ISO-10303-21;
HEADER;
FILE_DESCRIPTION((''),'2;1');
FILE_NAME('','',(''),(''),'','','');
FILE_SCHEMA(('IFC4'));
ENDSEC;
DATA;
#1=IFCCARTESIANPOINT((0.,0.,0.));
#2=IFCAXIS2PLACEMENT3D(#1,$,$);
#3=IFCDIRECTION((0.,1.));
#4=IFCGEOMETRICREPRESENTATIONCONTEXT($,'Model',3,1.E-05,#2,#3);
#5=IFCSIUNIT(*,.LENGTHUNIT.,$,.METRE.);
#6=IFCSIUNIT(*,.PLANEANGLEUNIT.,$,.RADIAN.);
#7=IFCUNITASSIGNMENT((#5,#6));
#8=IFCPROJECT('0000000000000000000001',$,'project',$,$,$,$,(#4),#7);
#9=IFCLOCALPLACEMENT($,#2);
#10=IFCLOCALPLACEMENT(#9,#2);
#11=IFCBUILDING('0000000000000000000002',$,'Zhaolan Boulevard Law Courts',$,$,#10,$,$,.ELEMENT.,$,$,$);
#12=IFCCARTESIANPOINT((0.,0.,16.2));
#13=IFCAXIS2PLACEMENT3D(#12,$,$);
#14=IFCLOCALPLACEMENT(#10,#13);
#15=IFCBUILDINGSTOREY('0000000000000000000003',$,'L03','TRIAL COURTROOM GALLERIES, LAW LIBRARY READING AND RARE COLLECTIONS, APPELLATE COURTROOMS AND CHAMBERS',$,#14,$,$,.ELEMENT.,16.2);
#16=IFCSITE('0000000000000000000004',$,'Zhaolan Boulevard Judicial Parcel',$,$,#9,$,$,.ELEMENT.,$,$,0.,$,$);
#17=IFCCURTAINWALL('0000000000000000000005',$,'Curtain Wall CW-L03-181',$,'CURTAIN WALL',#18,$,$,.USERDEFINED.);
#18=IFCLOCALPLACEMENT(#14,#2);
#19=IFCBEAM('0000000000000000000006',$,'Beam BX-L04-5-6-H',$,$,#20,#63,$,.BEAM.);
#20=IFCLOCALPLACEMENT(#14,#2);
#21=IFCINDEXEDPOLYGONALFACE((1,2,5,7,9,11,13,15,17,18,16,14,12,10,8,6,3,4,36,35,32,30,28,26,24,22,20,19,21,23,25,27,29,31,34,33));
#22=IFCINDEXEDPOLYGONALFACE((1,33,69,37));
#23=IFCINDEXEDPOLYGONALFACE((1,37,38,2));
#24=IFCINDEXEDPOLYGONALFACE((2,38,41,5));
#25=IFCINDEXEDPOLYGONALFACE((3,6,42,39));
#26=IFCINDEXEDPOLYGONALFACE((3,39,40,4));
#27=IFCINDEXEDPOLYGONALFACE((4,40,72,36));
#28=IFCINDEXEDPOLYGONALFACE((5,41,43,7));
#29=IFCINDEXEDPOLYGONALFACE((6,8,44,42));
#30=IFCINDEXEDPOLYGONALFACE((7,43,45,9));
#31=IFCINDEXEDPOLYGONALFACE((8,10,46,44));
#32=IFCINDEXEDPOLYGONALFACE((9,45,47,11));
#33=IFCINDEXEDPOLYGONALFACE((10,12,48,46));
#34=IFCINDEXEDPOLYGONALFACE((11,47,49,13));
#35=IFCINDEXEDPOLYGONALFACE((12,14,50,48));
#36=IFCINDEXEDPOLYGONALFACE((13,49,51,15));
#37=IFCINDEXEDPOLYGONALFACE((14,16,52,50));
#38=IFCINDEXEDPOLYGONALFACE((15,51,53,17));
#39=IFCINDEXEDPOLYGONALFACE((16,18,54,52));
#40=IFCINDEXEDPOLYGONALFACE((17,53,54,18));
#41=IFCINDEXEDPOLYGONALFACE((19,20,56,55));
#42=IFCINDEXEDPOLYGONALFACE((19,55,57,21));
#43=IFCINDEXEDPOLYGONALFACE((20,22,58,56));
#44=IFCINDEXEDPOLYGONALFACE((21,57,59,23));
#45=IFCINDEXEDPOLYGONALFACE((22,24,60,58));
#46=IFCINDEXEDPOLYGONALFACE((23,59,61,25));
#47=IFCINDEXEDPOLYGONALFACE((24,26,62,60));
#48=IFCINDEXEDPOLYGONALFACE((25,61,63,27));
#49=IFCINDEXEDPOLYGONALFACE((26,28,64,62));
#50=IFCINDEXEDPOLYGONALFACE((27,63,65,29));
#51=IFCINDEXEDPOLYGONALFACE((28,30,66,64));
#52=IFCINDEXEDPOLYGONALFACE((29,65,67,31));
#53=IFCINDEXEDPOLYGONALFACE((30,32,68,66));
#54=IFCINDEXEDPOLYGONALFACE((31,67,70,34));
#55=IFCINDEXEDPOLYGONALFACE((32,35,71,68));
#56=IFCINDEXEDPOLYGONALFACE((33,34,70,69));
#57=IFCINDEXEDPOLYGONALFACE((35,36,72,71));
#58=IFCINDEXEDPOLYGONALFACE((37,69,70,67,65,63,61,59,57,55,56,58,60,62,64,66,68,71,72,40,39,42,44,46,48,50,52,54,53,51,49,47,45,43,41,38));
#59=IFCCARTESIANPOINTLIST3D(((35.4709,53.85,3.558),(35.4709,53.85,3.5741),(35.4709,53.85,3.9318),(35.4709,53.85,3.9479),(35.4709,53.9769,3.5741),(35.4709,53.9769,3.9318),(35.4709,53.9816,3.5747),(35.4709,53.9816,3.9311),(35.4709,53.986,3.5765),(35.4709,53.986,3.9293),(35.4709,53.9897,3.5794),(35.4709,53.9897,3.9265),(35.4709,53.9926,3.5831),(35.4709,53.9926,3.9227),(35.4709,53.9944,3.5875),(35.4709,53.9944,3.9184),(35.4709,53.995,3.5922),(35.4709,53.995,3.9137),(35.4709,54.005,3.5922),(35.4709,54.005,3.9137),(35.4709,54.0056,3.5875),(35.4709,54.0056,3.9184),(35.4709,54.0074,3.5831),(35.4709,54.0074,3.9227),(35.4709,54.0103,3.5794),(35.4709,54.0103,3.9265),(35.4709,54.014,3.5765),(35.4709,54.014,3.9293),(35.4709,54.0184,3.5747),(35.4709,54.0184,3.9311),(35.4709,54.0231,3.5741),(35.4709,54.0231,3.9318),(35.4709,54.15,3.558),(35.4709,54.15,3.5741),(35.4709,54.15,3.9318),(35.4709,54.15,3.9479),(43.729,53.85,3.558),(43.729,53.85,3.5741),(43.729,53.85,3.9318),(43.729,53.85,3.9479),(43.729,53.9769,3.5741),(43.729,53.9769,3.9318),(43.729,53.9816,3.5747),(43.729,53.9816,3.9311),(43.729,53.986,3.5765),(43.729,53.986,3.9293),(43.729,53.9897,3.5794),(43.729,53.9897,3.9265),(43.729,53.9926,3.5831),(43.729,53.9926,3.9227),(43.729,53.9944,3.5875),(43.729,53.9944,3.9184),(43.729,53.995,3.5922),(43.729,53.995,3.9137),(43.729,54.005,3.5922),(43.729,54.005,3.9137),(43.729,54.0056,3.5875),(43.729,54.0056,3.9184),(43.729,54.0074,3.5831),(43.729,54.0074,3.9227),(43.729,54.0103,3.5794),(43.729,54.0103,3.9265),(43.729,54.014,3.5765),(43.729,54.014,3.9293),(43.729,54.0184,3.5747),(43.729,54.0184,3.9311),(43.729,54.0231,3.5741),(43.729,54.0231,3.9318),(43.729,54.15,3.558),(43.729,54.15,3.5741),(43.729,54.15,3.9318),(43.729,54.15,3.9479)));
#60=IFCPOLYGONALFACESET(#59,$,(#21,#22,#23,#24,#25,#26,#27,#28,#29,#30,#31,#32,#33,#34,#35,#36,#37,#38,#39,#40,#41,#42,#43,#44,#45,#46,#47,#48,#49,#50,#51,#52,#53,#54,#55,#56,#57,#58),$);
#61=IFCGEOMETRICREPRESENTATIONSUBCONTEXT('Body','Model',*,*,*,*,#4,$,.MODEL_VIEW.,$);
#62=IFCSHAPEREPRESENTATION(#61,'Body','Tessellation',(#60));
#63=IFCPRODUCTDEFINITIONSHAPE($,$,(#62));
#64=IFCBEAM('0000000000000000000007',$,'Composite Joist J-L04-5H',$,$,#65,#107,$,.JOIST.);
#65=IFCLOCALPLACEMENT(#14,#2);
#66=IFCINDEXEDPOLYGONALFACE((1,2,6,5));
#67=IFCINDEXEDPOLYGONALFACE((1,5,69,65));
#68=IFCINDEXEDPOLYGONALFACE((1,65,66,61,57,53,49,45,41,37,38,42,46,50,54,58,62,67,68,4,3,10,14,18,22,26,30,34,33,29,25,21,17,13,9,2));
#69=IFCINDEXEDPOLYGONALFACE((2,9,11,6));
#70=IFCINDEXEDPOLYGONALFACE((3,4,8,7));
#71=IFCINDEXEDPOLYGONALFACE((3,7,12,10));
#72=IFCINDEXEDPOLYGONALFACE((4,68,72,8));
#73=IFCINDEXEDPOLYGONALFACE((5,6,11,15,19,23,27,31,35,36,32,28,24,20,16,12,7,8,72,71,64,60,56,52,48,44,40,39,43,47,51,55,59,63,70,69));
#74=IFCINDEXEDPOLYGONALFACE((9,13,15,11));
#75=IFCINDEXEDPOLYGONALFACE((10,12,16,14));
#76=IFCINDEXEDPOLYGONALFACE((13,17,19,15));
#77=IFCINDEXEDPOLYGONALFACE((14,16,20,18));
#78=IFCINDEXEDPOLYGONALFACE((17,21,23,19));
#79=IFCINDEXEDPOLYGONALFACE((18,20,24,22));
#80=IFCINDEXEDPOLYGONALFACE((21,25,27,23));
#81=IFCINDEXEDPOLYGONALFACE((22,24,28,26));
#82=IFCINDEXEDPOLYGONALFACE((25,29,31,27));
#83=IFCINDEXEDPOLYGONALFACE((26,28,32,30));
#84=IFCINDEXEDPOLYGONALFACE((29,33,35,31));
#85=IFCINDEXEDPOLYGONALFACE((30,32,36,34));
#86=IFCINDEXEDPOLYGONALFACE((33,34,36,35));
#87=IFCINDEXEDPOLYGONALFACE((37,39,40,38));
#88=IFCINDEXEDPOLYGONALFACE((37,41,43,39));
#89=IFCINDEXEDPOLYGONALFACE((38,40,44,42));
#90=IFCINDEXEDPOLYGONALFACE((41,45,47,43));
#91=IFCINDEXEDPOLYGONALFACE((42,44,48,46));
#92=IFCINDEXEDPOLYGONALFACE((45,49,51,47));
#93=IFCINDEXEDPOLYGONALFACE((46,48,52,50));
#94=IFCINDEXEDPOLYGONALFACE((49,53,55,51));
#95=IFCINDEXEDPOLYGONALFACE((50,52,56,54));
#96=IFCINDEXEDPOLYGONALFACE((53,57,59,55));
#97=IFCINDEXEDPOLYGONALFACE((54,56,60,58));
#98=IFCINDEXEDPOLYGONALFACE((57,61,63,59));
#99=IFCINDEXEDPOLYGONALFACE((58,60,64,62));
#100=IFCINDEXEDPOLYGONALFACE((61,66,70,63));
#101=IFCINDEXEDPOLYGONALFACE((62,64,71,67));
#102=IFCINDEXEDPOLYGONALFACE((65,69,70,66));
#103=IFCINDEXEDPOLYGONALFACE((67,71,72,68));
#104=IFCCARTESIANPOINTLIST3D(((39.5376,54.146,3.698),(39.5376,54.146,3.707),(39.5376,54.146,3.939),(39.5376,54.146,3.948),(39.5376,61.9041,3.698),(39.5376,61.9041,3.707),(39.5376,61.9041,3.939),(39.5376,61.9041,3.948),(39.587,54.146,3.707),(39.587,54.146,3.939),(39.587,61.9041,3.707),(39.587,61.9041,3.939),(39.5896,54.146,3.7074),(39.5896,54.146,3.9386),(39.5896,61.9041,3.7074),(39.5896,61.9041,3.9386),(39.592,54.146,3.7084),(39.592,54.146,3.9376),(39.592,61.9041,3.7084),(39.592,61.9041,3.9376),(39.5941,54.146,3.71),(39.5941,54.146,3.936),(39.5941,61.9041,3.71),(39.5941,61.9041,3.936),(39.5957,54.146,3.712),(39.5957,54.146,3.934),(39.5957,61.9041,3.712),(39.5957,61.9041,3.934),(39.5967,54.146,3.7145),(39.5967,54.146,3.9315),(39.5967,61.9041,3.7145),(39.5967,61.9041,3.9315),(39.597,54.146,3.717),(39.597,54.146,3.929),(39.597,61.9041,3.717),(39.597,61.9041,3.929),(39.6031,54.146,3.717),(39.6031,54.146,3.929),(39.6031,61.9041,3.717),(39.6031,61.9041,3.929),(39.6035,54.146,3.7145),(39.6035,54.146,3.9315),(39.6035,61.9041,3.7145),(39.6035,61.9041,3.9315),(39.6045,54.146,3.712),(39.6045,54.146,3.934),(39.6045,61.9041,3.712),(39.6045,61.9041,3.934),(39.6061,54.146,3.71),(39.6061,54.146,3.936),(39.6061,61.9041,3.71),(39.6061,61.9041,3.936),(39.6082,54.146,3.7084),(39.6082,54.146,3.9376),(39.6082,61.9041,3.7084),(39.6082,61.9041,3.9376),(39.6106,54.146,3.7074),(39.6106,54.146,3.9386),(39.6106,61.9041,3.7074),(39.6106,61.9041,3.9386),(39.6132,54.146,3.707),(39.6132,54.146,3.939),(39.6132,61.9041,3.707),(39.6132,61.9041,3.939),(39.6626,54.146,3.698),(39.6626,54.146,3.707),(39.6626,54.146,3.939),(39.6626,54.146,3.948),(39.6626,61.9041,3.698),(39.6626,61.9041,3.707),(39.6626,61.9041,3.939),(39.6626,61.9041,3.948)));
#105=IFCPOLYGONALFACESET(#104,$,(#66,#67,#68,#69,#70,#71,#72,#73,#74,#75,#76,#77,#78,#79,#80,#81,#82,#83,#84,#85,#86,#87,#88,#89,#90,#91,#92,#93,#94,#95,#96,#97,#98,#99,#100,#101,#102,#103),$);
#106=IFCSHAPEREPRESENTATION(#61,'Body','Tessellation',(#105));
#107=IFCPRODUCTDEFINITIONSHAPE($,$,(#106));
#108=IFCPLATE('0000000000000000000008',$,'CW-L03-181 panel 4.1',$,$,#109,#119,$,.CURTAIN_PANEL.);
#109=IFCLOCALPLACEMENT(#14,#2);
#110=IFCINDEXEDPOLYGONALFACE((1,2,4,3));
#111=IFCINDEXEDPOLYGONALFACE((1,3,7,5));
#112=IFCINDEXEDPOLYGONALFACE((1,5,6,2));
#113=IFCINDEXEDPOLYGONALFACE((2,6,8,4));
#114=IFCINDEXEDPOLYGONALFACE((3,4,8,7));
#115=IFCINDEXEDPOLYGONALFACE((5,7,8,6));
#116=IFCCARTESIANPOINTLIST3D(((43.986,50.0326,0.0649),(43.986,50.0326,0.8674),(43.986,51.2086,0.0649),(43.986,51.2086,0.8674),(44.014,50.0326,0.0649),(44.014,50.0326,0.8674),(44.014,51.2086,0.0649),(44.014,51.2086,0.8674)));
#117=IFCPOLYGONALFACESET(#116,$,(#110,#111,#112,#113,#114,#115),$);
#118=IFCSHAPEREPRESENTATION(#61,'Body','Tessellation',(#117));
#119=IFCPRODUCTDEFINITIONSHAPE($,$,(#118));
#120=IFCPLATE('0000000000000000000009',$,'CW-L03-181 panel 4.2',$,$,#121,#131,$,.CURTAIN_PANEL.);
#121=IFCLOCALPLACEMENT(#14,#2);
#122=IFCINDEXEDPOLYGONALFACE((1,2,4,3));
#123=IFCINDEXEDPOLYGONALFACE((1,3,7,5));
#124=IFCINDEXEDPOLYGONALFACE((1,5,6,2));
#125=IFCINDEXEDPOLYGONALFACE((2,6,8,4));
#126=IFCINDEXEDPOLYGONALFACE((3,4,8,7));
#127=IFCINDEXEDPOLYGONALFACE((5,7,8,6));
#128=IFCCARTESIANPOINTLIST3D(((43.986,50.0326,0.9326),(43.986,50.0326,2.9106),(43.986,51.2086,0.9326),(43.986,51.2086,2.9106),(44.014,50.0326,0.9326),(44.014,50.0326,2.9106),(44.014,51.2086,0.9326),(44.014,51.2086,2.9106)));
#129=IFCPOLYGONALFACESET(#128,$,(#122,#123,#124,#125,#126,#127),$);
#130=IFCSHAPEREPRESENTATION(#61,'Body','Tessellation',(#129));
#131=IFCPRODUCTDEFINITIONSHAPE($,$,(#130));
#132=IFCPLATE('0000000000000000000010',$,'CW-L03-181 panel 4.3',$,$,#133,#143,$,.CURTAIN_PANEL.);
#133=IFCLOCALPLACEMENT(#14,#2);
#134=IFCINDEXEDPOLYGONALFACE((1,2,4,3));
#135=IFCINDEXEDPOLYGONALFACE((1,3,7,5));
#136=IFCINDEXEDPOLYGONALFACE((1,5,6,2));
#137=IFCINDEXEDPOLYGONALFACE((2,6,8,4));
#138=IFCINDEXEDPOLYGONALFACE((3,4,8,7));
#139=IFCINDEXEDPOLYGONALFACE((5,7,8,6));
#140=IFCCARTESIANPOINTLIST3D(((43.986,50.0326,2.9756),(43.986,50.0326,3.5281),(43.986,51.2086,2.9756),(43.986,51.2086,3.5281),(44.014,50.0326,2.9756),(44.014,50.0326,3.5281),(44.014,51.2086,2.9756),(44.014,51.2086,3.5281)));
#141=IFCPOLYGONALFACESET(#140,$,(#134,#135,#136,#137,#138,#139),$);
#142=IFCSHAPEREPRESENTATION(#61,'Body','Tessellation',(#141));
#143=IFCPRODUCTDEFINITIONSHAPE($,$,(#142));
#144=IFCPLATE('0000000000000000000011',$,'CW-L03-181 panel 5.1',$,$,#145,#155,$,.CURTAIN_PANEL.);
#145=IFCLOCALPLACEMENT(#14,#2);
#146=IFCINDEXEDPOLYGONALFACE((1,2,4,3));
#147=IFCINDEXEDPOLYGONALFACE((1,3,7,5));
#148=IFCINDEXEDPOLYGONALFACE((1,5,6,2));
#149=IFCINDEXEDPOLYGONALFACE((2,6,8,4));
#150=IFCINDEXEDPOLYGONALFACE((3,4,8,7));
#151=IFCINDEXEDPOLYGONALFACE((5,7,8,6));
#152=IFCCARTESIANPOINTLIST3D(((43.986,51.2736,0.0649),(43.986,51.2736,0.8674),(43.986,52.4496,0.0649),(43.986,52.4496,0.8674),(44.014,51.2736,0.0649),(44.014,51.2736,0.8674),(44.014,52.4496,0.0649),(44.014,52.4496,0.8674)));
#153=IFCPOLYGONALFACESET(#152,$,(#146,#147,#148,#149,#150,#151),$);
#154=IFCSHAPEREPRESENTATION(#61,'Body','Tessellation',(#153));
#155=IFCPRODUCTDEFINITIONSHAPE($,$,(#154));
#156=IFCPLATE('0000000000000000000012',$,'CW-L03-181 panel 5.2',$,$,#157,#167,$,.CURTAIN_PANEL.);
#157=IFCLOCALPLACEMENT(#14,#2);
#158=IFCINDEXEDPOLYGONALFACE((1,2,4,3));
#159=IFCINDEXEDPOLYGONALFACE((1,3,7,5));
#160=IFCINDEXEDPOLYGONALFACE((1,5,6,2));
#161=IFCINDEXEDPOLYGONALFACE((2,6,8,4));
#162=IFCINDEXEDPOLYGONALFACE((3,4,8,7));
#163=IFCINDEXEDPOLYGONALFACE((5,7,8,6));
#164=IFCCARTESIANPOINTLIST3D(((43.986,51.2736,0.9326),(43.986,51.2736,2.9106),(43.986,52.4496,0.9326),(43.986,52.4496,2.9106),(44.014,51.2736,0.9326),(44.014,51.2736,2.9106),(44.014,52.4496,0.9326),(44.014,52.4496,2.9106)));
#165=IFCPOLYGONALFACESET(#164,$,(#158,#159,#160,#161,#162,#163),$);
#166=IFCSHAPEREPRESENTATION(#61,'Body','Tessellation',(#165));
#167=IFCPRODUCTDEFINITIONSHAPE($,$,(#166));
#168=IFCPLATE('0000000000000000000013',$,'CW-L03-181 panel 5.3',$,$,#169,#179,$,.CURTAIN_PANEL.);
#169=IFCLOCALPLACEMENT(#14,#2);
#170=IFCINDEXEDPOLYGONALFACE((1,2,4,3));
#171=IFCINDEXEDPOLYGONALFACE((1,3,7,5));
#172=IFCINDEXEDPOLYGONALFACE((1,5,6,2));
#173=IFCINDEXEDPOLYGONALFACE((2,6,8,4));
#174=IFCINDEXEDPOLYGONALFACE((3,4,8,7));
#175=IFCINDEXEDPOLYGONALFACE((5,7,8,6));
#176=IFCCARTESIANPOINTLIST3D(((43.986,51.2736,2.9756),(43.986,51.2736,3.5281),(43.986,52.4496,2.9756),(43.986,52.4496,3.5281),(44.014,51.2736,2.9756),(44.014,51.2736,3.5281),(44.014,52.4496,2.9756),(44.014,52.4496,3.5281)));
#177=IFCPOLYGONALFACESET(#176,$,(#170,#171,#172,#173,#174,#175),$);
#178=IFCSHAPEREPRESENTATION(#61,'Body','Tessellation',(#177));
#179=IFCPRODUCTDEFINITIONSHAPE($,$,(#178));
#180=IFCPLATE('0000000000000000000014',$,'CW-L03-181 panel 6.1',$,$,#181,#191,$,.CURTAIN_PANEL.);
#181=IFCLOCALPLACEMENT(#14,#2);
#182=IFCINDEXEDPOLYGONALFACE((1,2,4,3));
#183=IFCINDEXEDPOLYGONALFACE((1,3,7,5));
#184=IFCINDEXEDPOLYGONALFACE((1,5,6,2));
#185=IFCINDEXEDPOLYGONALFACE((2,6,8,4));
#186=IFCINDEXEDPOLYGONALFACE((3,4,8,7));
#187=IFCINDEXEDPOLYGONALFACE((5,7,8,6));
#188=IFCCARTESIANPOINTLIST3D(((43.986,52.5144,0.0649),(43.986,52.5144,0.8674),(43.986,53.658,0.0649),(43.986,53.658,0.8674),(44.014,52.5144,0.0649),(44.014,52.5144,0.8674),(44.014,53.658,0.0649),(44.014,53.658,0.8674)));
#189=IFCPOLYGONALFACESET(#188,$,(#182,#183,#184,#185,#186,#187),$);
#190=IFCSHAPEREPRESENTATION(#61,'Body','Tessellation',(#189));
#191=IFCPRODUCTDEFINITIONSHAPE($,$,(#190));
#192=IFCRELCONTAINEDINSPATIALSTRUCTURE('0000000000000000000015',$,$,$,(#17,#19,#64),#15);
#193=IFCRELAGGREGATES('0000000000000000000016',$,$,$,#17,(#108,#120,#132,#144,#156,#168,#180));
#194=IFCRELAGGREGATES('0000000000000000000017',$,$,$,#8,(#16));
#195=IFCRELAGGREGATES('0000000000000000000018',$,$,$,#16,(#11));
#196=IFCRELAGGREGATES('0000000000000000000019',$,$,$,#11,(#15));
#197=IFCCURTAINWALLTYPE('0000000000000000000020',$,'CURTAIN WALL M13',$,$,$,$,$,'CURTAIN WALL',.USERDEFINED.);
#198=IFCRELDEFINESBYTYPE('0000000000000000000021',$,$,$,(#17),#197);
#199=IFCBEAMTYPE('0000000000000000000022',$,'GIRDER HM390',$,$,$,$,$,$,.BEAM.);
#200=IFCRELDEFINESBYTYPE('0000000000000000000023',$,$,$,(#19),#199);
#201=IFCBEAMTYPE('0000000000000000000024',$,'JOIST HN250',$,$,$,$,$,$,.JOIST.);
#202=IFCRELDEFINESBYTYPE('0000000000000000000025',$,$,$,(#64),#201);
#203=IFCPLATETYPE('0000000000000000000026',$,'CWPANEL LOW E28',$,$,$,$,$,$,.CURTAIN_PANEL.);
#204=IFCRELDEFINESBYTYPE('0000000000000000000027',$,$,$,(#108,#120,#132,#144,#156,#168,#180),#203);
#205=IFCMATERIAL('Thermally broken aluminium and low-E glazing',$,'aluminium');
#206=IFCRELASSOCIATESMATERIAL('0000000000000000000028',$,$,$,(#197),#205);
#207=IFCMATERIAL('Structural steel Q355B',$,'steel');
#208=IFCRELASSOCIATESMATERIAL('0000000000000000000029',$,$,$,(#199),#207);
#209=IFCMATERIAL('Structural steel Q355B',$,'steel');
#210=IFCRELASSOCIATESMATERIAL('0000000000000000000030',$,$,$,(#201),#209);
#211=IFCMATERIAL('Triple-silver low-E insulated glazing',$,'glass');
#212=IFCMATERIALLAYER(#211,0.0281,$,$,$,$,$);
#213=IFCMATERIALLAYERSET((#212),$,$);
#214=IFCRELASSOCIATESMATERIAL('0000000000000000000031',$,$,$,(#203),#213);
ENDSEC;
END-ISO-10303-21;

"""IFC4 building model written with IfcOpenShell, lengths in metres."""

from ifc_helpers import new_model, si_unit, direction, frame, origin, origin_2d, place, context, subcontext, project, spatial, rectangle, i_section, extrude, material, layer, layer_set, material_profile, profile_set, type_object, element, aggregate, save


model = new_model("IFC4")

# Units and contexts
model_context = context("Model", 3, precision=1e-05, world=origin(), true_north=direction((0.0, 1.0)))
body_context = subcontext(model_context, "Body", "Model", "MODEL_VIEW")
ifc_project = project(units=[si_unit("LENGTHUNIT", "METRE"), si_unit("PLANEANGLEUNIT", "RADIAN")], contexts=[model_context])

# Site, building, storey
site_placement = place(None, origin())
site = spatial("IfcSite", under=ifc_project, at=site_placement, Name="Zhaolan Boulevard Judicial Parcel", CompositionType="ELEMENT", RefElevation=0.0)
building_placement = place(site_placement, origin())
building = spatial("IfcBuilding", under=site, at=building_placement, Name="Zhaolan Boulevard Law Courts", CompositionType="ELEMENT")
storey_placement = place(building_placement, frame((0.0, 0.0, 16.2)))
storey = spatial("IfcBuildingStorey", under=building, at=storey_placement, Name="L03", Description="TRIAL COURTROOM GALLERIES, LAW LIBRARY READING AND RARE COLLECTIONS, APPELLATE COURTROOMS AND CHAMBERS", CompositionType="ELEMENT", Elevation=16.2)

# Curtain wall
ifc_material_1 = material(Name="Thermally broken aluminium and low-E glazing", Category="aluminium")
curtain_wall_type_1 = type_object("IfcCurtainWallType", Name="CURTAIN WALL M13", ElementType="CURTAIN WALL", PredefinedType="USERDEFINED", material=ifc_material_1)
curtain_wall_1_placement = place(storey_placement, origin())
curtain_wall_1 = element("IfcCurtainWall", 1, at=curtain_wall_1_placement, inside=storey, type_object=curtain_wall_type_1, Name="Curtain Wall CW-L03-181", ObjectType="CURTAIN WALL", PredefinedType="USERDEFINED")

# Beams
ifc_material_2 = material(Name="Structural steel Q355B", Category="steel")
ifc_material_profile_1 = material_profile(ifc_material_2, i_section(OverallWidth=0.3, OverallDepth=0.3899, WebThickness=0.01, FlangeThickness=0.0161, FilletRadius=0.0181, at=origin_2d()), Name="HM390x300")
ifc_profile_set_1 = profile_set([ifc_material_profile_1], Name="Structural steel Q355B")
beam_type_1 = type_object("IfcBeamType", Name="GIRDER HM390", PredefinedType="BEAM", material=ifc_profile_set_1)
beam_1_placement = place(storey_placement, frame((35.4709, 54.0, 3.7529), z_axis=(1.0, 0.0, 0.0), x_axis=(0.0, 1.0, 0.0)))
element("IfcBeam", 2, at=beam_1_placement, inside=storey, type_object=beam_type_1, Name="Beam BX-L04-5-6-H", PredefinedType="BEAM", context=body_context, shape_type="SweptSolid", body=[
    extrude(i_section(OverallWidth=0.3, OverallDepth=0.3899, WebThickness=0.01, FlangeThickness=0.0161, FilletRadius=0.0181, at=origin_2d()), origin(), (0.0, 0.0, 1.0), 8.2581),
])
ifc_material_3 = material(Name="Structural steel Q355B", Category="steel")
ifc_material_profile_2 = material_profile(ifc_material_3, i_section(OverallWidth=0.125, OverallDepth=0.25, WebThickness=0.0061, FlangeThickness=0.009, FilletRadius=0.01, at=origin_2d()), Name="HN250x125")
ifc_profile_set_2 = profile_set([ifc_material_profile_2], Name="Structural steel Q355B")
beam_type_2 = type_object("IfcBeamType", Name="JOIST HN250", PredefinedType="JOIST", material=ifc_profile_set_2)
beam_2_placement = place(storey_placement, frame((39.6001, 54.146, 3.823), z_axis=(0.0, 1.0, 0.0), x_axis=(-1.0, 0.0, 0.0)))
element("IfcBeam", 3, at=beam_2_placement, inside=storey, type_object=beam_type_2, Name="Composite Joist J-L04-5H", PredefinedType="JOIST", context=body_context, shape_type="SweptSolid", body=[
    extrude(i_section(OverallWidth=0.125, OverallDepth=0.25, WebThickness=0.0061, FlangeThickness=0.009, FilletRadius=0.01, at=origin_2d()), origin(), (0.0, 0.0, 1.0), 7.7581),
])

# Plates
ifc_material_4 = material(Name="Triple-silver low-E insulated glazing", Category="glass")
ifc_layer_1 = layer(ifc_material_4, 0.0281)
ifc_layer_set_1 = layer_set([ifc_layer_1])
plate_type_1 = type_object("IfcPlateType", Name="CWPANEL LOW E28", PredefinedType="CURTAIN_PANEL", material=ifc_layer_set_1)
plate_1_placement = place(storey_placement, frame((44.0, 50.6206, 0.0649), z_axis=(0.0, 0.0, 1.0), x_axis=(0.0, 1.0, 0.0)))
plate_1 = element("IfcPlate", 4, at=plate_1_placement, type_object=plate_type_1, Name="CW-L03-181 panel 4.1", PredefinedType="CURTAIN_PANEL", context=body_context, shape_type="SweptSolid", body=[
    extrude(rectangle(XDim=1.176, YDim=0.0281, at=origin_2d()), origin(), (0.0, 0.0, 1.0), 0.8025),
])
plate_2_placement = place(storey_placement, frame((44.0, 50.6206, 0.9326), z_axis=(0.0, 0.0, 1.0), x_axis=(0.0, 1.0, 0.0)))
plate_2 = element("IfcPlate", 5, at=plate_2_placement, type_object=plate_type_1, Name="CW-L03-181 panel 4.2", PredefinedType="CURTAIN_PANEL", context=body_context, shape_type="SweptSolid", body=[
    extrude(rectangle(XDim=1.176, YDim=0.0281, at=origin_2d()), origin(), (0.0, 0.0, 1.0), 1.978),
])
plate_3_placement = place(storey_placement, frame((44.0, 50.6206, 2.9756), z_axis=(0.0, 0.0, 1.0), x_axis=(0.0, 1.0, 0.0)))
plate_3 = element("IfcPlate", 6, at=plate_3_placement, type_object=plate_type_1, Name="CW-L03-181 panel 4.3", PredefinedType="CURTAIN_PANEL", context=body_context, shape_type="SweptSolid", body=[
    extrude(rectangle(XDim=1.176, YDim=0.0281, at=origin_2d()), origin(), (0.0, 0.0, 1.0), 0.5525),
])
plate_4_placement = place(storey_placement, frame((44.0, 51.8616, 0.0649), z_axis=(0.0, 0.0, 1.0), x_axis=(0.0, 1.0, 0.0)))
plate_4 = element("IfcPlate", 7, at=plate_4_placement, type_object=plate_type_1, Name="CW-L03-181 panel 5.1", PredefinedType="CURTAIN_PANEL", context=body_context, shape_type="SweptSolid", body=[
    extrude(rectangle(XDim=1.176, YDim=0.0281, at=origin_2d()), origin(), (0.0, 0.0, 1.0), 0.8025),
])
plate_5_placement = place(storey_placement, frame((44.0, 51.8616, 0.9326), z_axis=(0.0, 0.0, 1.0), x_axis=(0.0, 1.0, 0.0)))
plate_5 = element("IfcPlate", 8, at=plate_5_placement, type_object=plate_type_1, Name="CW-L03-181 panel 5.2", PredefinedType="CURTAIN_PANEL", context=body_context, shape_type="SweptSolid", body=[
    extrude(rectangle(XDim=1.176, YDim=0.0281, at=origin_2d()), origin(), (0.0, 0.0, 1.0), 1.978),
])
plate_6_placement = place(storey_placement, frame((44.0, 51.8616, 2.9756), z_axis=(0.0, 0.0, 1.0), x_axis=(0.0, 1.0, 0.0)))
plate_6 = element("IfcPlate", 9, at=plate_6_placement, type_object=plate_type_1, Name="CW-L03-181 panel 5.3", PredefinedType="CURTAIN_PANEL", context=body_context, shape_type="SweptSolid", body=[
    extrude(rectangle(XDim=1.176, YDim=0.0281, at=origin_2d()), origin(), (0.0, 0.0, 1.0), 0.5525),
])
plate_7_placement = place(storey_placement, frame((44.0, 53.0862, 0.0649), z_axis=(0.0, 0.0, 1.0), x_axis=(0.0, 1.0, 0.0)))
plate_7 = element("IfcPlate", 10, at=plate_7_placement, type_object=plate_type_1, Name="CW-L03-181 panel 6.1", PredefinedType="CURTAIN_PANEL", context=body_context, shape_type="SweptSolid", body=[
    extrude(rectangle(XDim=1.1436, YDim=0.0281, at=origin_2d()), origin(), (0.0, 0.0, 1.0), 0.8025),
])
aggregate(curtain_wall_1, [plate_1, plate_2, plate_3, plate_4, plate_5, plate_6, plate_7])

save(model, "model.ifc")
